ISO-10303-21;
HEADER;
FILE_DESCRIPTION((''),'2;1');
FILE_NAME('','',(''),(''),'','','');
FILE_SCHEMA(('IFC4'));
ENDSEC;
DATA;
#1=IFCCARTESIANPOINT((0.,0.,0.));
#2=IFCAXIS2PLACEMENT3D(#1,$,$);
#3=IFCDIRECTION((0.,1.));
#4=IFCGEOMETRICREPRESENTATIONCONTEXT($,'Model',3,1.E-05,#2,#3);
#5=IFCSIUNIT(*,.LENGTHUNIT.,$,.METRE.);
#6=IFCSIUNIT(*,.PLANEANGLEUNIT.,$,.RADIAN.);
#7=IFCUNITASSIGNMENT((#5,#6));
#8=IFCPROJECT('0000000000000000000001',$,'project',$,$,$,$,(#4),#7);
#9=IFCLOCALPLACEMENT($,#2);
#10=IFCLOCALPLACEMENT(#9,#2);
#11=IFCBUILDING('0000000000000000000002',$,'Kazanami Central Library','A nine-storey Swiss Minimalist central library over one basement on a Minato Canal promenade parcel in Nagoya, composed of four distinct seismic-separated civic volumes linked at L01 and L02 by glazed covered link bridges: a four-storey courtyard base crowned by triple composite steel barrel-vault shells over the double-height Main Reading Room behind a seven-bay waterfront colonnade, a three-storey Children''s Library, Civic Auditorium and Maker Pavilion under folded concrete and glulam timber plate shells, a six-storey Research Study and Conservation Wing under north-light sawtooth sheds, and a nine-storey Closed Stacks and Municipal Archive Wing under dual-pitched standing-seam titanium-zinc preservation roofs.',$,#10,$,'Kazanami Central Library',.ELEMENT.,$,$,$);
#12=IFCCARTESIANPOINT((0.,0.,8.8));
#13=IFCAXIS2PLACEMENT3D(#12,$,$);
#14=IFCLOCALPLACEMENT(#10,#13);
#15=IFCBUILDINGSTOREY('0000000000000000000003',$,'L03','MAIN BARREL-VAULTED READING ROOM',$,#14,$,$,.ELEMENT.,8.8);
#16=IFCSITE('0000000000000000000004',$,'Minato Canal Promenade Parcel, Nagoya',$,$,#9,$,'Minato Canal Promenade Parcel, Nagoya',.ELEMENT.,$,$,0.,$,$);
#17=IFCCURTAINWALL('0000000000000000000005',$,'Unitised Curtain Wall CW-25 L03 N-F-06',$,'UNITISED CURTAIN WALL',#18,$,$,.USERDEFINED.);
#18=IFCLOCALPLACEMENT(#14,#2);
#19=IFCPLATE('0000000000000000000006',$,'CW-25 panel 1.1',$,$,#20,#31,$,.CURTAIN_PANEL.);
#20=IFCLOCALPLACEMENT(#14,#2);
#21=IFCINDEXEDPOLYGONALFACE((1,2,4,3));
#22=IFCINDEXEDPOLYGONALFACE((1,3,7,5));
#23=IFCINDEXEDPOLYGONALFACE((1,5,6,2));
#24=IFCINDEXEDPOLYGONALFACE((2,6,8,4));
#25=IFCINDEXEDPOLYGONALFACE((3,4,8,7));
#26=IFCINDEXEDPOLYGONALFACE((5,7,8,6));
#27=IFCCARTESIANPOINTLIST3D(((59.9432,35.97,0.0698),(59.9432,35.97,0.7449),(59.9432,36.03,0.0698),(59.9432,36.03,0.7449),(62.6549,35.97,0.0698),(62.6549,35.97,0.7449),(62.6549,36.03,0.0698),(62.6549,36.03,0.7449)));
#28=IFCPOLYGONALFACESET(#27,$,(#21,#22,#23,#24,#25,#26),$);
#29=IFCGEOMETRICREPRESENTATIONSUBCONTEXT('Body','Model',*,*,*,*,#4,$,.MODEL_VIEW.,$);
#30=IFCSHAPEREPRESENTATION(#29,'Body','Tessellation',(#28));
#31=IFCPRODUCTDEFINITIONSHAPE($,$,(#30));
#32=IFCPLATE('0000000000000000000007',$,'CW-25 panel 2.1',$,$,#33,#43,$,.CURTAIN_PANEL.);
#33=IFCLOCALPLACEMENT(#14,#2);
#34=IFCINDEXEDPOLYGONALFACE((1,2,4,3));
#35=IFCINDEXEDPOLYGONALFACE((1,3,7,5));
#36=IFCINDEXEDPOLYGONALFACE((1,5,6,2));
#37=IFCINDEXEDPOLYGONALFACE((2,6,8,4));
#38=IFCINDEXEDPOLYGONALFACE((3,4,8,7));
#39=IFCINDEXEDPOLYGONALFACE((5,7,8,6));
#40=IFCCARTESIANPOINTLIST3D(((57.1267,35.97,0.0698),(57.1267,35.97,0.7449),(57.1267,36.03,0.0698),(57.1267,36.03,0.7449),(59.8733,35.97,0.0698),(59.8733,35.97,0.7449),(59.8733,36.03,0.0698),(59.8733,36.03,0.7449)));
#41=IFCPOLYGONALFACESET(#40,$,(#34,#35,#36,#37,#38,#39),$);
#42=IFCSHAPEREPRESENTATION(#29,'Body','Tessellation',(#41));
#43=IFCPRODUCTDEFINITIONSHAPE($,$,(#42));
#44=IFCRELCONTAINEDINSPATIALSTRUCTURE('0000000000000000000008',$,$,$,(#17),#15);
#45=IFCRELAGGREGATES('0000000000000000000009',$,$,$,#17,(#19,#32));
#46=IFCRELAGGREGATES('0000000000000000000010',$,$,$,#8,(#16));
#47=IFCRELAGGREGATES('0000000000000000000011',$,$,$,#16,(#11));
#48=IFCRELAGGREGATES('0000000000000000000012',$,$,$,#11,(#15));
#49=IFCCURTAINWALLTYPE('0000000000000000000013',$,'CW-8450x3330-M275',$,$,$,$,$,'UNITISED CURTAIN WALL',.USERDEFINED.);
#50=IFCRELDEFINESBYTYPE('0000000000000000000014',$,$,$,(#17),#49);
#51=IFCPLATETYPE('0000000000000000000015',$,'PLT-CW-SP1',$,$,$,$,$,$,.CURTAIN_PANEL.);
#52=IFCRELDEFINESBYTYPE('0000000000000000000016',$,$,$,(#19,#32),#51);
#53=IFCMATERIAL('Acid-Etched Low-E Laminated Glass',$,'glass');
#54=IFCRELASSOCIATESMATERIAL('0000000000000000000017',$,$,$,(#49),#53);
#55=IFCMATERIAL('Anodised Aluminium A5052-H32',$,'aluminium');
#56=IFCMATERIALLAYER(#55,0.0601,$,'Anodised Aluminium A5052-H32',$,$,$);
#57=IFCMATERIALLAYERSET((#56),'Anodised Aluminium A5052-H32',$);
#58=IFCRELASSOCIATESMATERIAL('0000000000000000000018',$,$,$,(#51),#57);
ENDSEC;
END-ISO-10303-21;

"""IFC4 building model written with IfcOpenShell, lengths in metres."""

from ifc_helpers import new_model, si_unit, direction, frame, origin, origin_2d, place, context, subcontext, project, spatial, rectangle, extrude, material, layer, layer_set, type_object, element, aggregate, save


model = new_model("IFC4")

# Units and contexts
model_context = context("Model", 3, precision=1e-05, world=origin(), true_north=direction((0.0, 1.0)))
body_context = subcontext(model_context, "Body", "Model", "MODEL_VIEW")
ifc_project = project(units=[si_unit("LENGTHUNIT", "METRE"), si_unit("PLANEANGLEUNIT", "RADIAN")], contexts=[model_context])

# Site, building, storey
site_placement = place(None, origin())
site = spatial("IfcSite", under=ifc_project, at=site_placement, Name="Minato Canal Promenade Parcel, Nagoya", LongName="Minato Canal Promenade Parcel, Nagoya", CompositionType="ELEMENT", RefElevation=0.0)
building_placement = place(site_placement, origin())
building = spatial("IfcBuilding", under=site, at=building_placement, Name="Kazanami Central Library", Description="A nine-storey Swiss Minimalist central library over one basement on a Minato Canal promenade parcel in Nagoya, composed of four distinct seismic-separated civic volumes linked at L01 and L02 by glazed covered link bridges: a four-storey courtyard base crowned by triple composite steel barrel-vault shells over the double-height Main Reading Room behind a seven-bay waterfront colonnade, a three-storey Children's Library, Civic Auditorium and Maker Pavilion under folded concrete and glulam timber plate shells, a six-storey Research Study and Conservation Wing under north-light sawtooth sheds, and a nine-storey Closed Stacks and Municipal Archive Wing under dual-pitched standing-seam titanium-zinc preservation roofs.", LongName="Kazanami Central Library", CompositionType="ELEMENT")
storey_placement = place(building_placement, frame((0.0, 0.0, 8.8)))
storey = spatial("IfcBuildingStorey", under=building, at=storey_placement, Name="L03", Description="MAIN BARREL-VAULTED READING ROOM", CompositionType="ELEMENT", Elevation=8.8)

# Curtain wall
ifc_material_1 = material(Name="Acid-Etched Low-E Laminated Glass", Category="glass")
curtain_wall_type = type_object("IfcCurtainWallType", Name="CW-8450x3330-M275", ElementType="UNITISED CURTAIN WALL", PredefinedType="USERDEFINED", material=ifc_material_1)
curtain_wall_1_placement = place(storey_placement, origin())
curtain_wall_1 = element("IfcCurtainWall", 1, at=curtain_wall_1_placement, inside=storey, type_object=curtain_wall_type, Name="Unitised Curtain Wall CW-25 L03 N-F-06", ObjectType="UNITISED CURTAIN WALL", PredefinedType="USERDEFINED")

# Plates
ifc_material_2 = material(Name="Anodised Aluminium A5052-H32", Category="aluminium")
ifc_layer_1 = layer(ifc_material_2, 0.0601, Name="Anodised Aluminium A5052-H32")
ifc_layer_set_1 = layer_set([ifc_layer_1], Name="Anodised Aluminium A5052-H32")
plate_type_1 = type_object("IfcPlateType", Name="PLT-CW-SP1", PredefinedType="CURTAIN_PANEL", material=ifc_layer_set_1)
plate_1_placement = place(storey_placement, frame((61.2991, 36.0, 0.0698), z_axis=(0.0, 0.0, 1.0), x_axis=(-1.0, 0.0, 0.0)))
plate_1 = element("IfcPlate", 2, at=plate_1_placement, type_object=plate_type_1, Name="CW-25 panel 1.1", PredefinedType="CURTAIN_PANEL", context=body_context, shape_type="SweptSolid", body=[
    extrude(rectangle(XDim=2.7117, YDim=0.0601, at=origin_2d()), origin(), (0.0, 0.0, 1.0), 0.675),
])
plate_2_placement = place(storey_placement, frame((58.5, 36.0, 0.0698), z_axis=(0.0, 0.0, 1.0), x_axis=(-1.0, 0.0, 0.0)))
plate_2 = element("IfcPlate", 3, at=plate_2_placement, type_object=plate_type_1, Name="CW-25 panel 2.1", PredefinedType="CURTAIN_PANEL", context=body_context, shape_type="SweptSolid", body=[
    extrude(rectangle(XDim=2.7466, YDim=0.0601, at=origin_2d()), origin(), (0.0, 0.0, 1.0), 0.675),
])
aggregate(curtain_wall_1, [plate_1, plate_2])

save(model, "model.ifc")
